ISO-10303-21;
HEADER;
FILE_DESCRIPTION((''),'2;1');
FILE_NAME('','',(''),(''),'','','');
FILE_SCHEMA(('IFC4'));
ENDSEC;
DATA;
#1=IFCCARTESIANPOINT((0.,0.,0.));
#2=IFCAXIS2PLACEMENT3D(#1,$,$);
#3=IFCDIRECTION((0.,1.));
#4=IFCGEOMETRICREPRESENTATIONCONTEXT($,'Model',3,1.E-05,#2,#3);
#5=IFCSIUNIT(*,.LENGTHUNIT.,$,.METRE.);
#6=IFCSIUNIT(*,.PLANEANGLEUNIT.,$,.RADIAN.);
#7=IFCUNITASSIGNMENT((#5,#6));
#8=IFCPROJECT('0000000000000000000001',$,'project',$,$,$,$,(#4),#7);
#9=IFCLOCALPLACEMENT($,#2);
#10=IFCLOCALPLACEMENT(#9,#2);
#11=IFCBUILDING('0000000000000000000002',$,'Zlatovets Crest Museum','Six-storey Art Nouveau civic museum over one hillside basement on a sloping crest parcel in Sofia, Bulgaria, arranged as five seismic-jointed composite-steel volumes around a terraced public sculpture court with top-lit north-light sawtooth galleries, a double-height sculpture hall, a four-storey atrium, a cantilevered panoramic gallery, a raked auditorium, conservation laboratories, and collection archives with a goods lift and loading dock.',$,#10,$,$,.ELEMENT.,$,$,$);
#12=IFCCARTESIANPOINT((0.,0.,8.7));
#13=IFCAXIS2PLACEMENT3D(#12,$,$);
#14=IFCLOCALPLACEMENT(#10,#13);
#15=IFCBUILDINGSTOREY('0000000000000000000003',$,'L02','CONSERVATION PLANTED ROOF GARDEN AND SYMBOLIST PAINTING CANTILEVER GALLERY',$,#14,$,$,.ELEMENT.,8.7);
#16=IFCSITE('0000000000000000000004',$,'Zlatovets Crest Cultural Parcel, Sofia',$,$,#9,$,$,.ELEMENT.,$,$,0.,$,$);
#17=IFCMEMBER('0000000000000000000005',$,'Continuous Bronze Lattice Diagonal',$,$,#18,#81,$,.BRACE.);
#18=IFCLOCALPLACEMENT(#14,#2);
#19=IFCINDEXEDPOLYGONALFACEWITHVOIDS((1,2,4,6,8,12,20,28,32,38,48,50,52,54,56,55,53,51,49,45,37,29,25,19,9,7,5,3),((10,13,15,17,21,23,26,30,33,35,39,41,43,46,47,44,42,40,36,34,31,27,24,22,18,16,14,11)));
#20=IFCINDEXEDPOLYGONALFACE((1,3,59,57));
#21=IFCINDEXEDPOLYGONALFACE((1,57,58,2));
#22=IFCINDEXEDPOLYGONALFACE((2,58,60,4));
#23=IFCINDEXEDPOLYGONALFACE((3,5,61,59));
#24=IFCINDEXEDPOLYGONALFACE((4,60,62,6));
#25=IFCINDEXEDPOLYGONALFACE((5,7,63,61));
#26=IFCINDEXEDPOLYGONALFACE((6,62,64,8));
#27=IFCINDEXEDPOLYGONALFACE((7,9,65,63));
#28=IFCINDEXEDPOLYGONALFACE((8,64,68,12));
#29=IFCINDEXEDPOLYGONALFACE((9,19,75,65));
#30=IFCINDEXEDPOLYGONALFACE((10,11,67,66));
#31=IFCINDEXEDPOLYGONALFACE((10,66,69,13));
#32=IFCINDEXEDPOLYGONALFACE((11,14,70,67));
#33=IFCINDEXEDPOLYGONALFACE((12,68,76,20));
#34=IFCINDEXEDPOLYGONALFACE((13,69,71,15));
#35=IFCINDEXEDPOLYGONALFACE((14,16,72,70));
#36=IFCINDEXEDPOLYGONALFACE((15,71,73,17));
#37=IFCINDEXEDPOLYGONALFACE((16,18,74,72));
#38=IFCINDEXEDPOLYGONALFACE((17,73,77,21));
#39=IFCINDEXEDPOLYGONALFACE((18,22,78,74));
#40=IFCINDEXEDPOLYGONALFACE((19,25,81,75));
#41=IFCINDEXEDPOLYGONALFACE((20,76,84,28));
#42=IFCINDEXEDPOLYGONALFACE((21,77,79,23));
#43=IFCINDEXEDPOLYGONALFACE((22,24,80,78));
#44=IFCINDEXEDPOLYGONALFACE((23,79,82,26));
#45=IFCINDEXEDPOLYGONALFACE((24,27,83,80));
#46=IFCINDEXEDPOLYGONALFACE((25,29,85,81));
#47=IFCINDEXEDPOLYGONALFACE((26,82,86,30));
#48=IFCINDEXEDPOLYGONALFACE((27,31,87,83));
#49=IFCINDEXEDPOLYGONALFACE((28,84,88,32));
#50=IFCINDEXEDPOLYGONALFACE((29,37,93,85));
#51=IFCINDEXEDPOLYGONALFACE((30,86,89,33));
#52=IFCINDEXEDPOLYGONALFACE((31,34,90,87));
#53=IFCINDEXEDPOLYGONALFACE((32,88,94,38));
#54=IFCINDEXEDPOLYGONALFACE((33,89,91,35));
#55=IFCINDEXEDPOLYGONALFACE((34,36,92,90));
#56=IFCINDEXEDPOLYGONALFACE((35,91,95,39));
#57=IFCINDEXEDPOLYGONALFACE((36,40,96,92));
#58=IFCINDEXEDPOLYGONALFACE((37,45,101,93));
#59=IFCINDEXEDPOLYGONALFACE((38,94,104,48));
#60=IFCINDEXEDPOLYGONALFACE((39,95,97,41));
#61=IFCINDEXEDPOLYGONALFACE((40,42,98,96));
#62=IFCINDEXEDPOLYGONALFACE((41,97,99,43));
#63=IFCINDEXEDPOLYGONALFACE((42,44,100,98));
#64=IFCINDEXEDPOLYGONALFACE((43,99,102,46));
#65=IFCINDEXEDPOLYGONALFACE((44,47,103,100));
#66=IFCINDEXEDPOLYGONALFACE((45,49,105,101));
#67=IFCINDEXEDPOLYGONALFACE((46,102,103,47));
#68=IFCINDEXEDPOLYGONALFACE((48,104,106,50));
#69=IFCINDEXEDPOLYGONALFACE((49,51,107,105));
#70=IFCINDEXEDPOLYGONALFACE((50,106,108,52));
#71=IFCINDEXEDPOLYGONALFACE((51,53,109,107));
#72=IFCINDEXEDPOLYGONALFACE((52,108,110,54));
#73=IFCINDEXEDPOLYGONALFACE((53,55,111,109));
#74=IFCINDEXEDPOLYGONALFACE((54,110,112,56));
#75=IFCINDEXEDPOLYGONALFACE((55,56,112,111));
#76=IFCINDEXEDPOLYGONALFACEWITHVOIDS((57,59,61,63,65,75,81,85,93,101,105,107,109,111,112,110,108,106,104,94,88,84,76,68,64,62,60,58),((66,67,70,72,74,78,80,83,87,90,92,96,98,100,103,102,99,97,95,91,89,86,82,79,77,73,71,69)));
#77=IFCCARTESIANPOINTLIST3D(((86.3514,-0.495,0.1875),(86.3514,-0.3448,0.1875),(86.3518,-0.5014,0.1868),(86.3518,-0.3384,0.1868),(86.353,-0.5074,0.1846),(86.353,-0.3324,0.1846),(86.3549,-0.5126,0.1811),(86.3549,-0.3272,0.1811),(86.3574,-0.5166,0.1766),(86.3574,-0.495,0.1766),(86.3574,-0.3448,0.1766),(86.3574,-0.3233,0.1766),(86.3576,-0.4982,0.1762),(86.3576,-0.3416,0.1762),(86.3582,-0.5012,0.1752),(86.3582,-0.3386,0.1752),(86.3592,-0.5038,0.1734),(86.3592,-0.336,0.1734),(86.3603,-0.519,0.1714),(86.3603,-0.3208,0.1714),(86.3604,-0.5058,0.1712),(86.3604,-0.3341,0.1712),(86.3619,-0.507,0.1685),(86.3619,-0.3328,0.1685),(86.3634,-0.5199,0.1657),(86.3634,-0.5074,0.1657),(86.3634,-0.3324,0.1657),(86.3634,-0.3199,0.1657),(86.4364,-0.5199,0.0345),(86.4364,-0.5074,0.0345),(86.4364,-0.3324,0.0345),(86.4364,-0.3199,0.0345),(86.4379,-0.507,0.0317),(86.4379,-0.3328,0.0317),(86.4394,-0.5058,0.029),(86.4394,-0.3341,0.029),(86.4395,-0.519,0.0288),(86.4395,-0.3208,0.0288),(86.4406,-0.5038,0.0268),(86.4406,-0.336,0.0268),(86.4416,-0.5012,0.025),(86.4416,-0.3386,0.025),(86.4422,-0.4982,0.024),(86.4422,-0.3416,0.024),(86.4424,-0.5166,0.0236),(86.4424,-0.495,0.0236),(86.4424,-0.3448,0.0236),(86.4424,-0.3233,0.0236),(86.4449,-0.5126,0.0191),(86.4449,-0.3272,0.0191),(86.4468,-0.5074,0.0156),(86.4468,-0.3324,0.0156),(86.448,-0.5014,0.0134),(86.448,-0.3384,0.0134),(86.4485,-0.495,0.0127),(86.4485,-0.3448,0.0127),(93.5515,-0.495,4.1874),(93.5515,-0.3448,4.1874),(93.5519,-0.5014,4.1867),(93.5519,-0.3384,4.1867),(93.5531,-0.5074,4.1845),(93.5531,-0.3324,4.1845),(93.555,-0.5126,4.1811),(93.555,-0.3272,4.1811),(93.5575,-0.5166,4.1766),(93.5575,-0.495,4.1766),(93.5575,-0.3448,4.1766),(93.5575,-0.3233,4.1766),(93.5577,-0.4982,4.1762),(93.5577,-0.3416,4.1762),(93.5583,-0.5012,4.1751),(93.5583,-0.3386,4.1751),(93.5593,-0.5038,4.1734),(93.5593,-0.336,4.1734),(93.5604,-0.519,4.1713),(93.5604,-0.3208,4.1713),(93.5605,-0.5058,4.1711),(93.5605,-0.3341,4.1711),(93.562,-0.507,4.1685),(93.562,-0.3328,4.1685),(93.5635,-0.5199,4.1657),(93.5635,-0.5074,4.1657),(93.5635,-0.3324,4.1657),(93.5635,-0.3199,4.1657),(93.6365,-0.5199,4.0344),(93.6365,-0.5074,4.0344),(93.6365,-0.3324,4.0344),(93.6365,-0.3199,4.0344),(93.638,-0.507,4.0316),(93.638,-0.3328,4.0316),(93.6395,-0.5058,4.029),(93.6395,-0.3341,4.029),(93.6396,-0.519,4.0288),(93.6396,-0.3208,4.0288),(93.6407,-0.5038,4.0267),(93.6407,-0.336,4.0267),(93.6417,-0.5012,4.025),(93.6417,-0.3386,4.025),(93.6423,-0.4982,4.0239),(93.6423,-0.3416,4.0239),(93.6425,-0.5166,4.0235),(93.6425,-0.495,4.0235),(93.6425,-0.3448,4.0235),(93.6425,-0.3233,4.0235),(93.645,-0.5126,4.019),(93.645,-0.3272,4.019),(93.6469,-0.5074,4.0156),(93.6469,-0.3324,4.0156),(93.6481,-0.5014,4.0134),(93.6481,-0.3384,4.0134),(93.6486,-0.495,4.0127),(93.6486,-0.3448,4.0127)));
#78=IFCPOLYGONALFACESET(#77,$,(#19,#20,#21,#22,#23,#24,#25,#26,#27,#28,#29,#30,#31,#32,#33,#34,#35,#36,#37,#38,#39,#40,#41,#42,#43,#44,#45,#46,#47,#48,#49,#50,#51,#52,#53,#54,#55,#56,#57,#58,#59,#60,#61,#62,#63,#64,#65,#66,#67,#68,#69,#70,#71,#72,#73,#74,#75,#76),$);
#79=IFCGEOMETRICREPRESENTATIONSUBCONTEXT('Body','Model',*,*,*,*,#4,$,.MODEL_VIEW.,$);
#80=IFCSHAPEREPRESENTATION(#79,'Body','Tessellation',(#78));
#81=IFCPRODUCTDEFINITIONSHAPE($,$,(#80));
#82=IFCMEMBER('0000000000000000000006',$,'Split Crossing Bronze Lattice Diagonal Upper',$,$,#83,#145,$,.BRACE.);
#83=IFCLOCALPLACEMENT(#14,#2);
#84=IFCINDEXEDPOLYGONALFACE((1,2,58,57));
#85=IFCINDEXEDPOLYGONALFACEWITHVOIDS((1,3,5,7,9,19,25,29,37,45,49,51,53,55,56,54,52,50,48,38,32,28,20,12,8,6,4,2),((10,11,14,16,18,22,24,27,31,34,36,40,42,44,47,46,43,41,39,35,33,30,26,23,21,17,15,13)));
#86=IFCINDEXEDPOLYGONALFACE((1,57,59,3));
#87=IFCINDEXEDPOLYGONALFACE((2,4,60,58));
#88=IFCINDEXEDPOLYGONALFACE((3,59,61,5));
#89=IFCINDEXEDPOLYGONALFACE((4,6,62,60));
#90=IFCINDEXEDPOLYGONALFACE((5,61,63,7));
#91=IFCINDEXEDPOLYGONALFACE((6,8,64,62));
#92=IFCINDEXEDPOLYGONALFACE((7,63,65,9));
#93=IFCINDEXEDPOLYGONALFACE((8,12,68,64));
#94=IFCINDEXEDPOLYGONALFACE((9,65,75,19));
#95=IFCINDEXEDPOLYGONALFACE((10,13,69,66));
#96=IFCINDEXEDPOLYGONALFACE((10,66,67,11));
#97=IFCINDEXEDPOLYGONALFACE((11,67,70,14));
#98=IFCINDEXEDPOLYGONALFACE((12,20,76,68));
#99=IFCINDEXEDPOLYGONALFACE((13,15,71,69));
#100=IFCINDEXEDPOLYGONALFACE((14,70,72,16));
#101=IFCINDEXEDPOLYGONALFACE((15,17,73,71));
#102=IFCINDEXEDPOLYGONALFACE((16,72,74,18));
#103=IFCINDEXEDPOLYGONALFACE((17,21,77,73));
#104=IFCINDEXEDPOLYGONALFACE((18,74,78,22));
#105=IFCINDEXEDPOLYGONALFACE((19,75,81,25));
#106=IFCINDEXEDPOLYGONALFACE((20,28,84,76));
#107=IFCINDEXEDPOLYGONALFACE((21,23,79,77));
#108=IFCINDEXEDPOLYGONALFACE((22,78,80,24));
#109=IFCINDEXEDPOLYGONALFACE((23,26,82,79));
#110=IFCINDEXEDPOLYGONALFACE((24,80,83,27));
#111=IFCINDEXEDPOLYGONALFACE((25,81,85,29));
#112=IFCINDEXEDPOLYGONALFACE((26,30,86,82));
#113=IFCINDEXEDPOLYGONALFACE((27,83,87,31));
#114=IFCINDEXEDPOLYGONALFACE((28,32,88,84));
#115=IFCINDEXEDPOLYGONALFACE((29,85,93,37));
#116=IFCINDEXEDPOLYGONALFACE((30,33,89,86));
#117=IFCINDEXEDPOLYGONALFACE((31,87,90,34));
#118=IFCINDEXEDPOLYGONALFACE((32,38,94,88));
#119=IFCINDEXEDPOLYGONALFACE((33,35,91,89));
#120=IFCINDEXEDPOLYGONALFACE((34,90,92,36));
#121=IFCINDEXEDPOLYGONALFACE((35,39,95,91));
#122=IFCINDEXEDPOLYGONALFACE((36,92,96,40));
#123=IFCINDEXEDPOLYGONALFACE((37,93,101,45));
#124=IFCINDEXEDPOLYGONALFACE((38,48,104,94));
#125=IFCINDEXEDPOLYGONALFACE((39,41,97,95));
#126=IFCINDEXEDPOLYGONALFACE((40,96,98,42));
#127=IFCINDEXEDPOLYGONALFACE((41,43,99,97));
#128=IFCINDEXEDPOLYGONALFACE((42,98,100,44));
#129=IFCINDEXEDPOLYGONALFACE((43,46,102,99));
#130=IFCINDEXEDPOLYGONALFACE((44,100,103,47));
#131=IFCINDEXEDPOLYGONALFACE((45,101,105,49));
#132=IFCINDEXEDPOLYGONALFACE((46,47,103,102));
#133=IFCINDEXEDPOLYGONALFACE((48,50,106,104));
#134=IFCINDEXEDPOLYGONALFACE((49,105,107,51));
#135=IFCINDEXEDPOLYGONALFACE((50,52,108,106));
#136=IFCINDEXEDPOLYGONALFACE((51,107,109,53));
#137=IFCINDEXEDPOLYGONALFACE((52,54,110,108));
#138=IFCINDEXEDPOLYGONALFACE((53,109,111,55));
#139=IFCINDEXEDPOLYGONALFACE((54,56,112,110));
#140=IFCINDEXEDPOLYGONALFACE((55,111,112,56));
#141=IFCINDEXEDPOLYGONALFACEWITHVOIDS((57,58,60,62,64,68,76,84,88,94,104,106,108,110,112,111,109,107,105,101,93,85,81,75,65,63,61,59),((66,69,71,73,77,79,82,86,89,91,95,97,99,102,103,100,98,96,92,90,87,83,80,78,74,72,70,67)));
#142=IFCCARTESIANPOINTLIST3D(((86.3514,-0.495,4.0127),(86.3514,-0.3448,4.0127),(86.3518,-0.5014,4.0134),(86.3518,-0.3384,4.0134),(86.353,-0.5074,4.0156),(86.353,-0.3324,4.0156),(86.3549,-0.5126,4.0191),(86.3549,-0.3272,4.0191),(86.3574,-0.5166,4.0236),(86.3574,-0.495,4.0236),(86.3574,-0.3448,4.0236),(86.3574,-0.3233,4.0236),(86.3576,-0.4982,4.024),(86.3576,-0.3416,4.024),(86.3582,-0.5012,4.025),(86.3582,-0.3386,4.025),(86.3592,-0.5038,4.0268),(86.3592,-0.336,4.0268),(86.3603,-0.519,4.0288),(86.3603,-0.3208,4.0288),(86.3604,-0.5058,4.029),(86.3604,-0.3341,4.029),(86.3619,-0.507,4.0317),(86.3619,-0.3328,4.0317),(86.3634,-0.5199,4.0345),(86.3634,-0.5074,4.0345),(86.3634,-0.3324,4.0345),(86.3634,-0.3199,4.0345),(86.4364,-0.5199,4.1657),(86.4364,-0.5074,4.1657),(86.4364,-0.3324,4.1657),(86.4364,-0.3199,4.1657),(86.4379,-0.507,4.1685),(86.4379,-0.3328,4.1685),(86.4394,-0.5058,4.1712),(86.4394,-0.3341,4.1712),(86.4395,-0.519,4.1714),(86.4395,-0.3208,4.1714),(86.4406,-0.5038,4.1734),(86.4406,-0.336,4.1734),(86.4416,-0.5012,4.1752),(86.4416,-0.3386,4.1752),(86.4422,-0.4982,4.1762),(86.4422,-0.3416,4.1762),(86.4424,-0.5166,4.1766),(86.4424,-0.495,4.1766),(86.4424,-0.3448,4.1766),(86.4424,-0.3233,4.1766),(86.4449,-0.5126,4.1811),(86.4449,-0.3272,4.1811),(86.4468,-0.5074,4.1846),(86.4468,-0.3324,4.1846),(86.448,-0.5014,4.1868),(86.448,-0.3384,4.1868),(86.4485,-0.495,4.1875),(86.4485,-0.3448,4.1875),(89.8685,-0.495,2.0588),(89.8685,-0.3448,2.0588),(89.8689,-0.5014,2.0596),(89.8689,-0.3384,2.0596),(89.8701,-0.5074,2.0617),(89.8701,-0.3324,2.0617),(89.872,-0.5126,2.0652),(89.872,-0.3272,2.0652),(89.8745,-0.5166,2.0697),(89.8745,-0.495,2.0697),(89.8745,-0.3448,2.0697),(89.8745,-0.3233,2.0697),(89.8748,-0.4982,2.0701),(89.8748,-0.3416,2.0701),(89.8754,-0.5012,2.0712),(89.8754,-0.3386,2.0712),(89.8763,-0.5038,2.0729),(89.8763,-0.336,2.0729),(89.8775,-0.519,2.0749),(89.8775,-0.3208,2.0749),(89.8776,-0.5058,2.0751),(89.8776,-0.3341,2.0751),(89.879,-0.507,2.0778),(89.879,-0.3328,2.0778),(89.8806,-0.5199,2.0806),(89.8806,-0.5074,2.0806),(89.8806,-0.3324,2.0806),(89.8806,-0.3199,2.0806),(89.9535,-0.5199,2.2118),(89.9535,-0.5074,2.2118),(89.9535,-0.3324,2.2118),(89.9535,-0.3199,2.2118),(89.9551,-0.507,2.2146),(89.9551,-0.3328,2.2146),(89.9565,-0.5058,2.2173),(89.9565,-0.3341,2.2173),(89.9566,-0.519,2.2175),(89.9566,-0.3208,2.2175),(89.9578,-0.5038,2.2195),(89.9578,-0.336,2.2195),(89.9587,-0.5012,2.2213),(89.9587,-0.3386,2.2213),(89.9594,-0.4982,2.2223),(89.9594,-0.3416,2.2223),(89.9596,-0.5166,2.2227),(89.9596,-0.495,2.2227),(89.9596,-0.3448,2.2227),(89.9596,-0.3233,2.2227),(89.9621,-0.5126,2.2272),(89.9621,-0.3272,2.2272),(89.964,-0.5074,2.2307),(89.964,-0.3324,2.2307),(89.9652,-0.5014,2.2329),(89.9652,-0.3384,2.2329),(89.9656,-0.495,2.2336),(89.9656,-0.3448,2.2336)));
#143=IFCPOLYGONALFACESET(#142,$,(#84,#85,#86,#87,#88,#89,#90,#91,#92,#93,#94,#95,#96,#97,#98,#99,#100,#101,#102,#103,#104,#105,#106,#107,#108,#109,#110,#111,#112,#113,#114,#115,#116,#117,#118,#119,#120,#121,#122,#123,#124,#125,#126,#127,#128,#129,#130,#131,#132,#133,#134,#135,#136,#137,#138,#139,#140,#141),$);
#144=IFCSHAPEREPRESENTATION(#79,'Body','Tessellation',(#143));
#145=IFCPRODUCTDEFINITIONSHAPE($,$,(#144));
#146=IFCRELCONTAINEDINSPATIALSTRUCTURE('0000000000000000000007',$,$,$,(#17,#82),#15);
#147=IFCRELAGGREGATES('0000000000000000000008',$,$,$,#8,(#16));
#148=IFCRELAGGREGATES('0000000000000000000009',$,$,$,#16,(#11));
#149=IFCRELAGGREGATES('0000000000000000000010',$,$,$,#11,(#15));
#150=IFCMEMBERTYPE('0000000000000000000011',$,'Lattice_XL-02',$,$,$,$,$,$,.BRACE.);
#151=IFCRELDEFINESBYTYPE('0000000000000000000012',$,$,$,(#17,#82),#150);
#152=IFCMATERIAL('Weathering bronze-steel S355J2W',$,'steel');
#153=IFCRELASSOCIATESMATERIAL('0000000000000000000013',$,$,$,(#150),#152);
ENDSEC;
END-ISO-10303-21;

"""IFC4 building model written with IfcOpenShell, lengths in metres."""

from ifc_helpers import new_model, si_unit, direction, frame, origin, origin_2d, place, context, subcontext, project, spatial, hollow_rectangle, extrude, material, material_profile, profile_set, type_object, element, save


model = new_model("IFC4")

# Units and contexts
model_context = context("Model", 3, precision=1e-05, world=origin(), true_north=direction((0.0, 1.0)))
body_context = subcontext(model_context, "Body", "Model", "MODEL_VIEW")
ifc_project = project(units=[si_unit("LENGTHUNIT", "METRE"), si_unit("PLANEANGLEUNIT", "RADIAN")], contexts=[model_context])

# Site, building, storey
site_placement = place(None, origin())
site = spatial("IfcSite", under=ifc_project, at=site_placement, Name="Zlatovets Crest Cultural Parcel, Sofia", CompositionType="ELEMENT", RefElevation=0.0)
building_placement = place(site_placement, origin())
building = spatial("IfcBuilding", under=site, at=building_placement, Name="Zlatovets Crest Museum", Description="Six-storey Art Nouveau civic museum over one hillside basement on a sloping crest parcel in Sofia, Bulgaria, arranged as five seismic-jointed composite-steel volumes around a terraced public sculpture court with top-lit north-light sawtooth galleries, a double-height sculpture hall, a four-storey atrium, a cantilevered panoramic gallery, a raked auditorium, conservation laboratories, and collection archives with a goods lift and loading dock.", CompositionType="ELEMENT")
storey_placement = place(building_placement, frame((0.0, 0.0, 8.7)))
storey = spatial("IfcBuildingStorey", under=building, at=storey_placement, Name="L02", Description="CONSERVATION PLANTED ROOF GARDEN AND SYMBOLIST PAINTING CANTILEVER GALLERY", CompositionType="ELEMENT", Elevation=8.7)

# Members
ifc_material_1 = material(Name="Weathering bronze-steel S355J2W", Category="steel")
ifc_material_profile_1 = material_profile(ifc_material_1, hollow_rectangle(XDim=0.2, YDim=0.2, WallThickness=0.0125, InnerFilletRadius=0.0125, OuterFilletRadius=0.0249, at=origin_2d()), Name="SHS 200x200x12.5")
ifc_profile_set_1 = profile_set([ifc_material_profile_1], Name="Weathering bronze-steel S355J2W")
member_type_1 = type_object("IfcMemberType", Name="Lattice_XL-02", PredefinedType="BRACE", material=ifc_profile_set_1)
member_1_placement = place(storey_placement, frame((86.3999, -0.4199, 0.1001), z_axis=(0.874163, 0.0, 0.485633), x_axis=(0.0, 1.0, 0.0)))
element("IfcMember", 1, at=member_1_placement, inside=storey, type_object=member_type_1, Name="Continuous Bronze Lattice Diagonal", PredefinedType="BRACE", context=body_context, shape_type="SweptSolid", body=[
    extrude(hollow_rectangle(XDim=0.2, YDim=0.2, WallThickness=0.0125, InnerFilletRadius=0.0125, OuterFilletRadius=0.0249, at=origin_2d()), origin(), (0.0, 0.0, 1.0), 8.2366),
])
member_2_placement = place(storey_placement, frame((86.3999, -0.4199, 4.1001), z_axis=(0.874166, 0.0, -0.485627), x_axis=(0.0, 1.0, 0.0)))
element("IfcMember", 2, at=member_2_placement, inside=storey, type_object=member_type_1, Name="Split Crossing Bronze Lattice Diagonal Upper", PredefinedType="BRACE", context=body_context, shape_type="SweptSolid", body=[
    extrude(hollow_rectangle(XDim=0.2, YDim=0.2, WallThickness=0.0125, InnerFilletRadius=0.0125, OuterFilletRadius=0.0249, at=origin_2d()), origin(), (0.0, 0.0, 1.0), 4.0234),
])

save(model, "model.ifc")
